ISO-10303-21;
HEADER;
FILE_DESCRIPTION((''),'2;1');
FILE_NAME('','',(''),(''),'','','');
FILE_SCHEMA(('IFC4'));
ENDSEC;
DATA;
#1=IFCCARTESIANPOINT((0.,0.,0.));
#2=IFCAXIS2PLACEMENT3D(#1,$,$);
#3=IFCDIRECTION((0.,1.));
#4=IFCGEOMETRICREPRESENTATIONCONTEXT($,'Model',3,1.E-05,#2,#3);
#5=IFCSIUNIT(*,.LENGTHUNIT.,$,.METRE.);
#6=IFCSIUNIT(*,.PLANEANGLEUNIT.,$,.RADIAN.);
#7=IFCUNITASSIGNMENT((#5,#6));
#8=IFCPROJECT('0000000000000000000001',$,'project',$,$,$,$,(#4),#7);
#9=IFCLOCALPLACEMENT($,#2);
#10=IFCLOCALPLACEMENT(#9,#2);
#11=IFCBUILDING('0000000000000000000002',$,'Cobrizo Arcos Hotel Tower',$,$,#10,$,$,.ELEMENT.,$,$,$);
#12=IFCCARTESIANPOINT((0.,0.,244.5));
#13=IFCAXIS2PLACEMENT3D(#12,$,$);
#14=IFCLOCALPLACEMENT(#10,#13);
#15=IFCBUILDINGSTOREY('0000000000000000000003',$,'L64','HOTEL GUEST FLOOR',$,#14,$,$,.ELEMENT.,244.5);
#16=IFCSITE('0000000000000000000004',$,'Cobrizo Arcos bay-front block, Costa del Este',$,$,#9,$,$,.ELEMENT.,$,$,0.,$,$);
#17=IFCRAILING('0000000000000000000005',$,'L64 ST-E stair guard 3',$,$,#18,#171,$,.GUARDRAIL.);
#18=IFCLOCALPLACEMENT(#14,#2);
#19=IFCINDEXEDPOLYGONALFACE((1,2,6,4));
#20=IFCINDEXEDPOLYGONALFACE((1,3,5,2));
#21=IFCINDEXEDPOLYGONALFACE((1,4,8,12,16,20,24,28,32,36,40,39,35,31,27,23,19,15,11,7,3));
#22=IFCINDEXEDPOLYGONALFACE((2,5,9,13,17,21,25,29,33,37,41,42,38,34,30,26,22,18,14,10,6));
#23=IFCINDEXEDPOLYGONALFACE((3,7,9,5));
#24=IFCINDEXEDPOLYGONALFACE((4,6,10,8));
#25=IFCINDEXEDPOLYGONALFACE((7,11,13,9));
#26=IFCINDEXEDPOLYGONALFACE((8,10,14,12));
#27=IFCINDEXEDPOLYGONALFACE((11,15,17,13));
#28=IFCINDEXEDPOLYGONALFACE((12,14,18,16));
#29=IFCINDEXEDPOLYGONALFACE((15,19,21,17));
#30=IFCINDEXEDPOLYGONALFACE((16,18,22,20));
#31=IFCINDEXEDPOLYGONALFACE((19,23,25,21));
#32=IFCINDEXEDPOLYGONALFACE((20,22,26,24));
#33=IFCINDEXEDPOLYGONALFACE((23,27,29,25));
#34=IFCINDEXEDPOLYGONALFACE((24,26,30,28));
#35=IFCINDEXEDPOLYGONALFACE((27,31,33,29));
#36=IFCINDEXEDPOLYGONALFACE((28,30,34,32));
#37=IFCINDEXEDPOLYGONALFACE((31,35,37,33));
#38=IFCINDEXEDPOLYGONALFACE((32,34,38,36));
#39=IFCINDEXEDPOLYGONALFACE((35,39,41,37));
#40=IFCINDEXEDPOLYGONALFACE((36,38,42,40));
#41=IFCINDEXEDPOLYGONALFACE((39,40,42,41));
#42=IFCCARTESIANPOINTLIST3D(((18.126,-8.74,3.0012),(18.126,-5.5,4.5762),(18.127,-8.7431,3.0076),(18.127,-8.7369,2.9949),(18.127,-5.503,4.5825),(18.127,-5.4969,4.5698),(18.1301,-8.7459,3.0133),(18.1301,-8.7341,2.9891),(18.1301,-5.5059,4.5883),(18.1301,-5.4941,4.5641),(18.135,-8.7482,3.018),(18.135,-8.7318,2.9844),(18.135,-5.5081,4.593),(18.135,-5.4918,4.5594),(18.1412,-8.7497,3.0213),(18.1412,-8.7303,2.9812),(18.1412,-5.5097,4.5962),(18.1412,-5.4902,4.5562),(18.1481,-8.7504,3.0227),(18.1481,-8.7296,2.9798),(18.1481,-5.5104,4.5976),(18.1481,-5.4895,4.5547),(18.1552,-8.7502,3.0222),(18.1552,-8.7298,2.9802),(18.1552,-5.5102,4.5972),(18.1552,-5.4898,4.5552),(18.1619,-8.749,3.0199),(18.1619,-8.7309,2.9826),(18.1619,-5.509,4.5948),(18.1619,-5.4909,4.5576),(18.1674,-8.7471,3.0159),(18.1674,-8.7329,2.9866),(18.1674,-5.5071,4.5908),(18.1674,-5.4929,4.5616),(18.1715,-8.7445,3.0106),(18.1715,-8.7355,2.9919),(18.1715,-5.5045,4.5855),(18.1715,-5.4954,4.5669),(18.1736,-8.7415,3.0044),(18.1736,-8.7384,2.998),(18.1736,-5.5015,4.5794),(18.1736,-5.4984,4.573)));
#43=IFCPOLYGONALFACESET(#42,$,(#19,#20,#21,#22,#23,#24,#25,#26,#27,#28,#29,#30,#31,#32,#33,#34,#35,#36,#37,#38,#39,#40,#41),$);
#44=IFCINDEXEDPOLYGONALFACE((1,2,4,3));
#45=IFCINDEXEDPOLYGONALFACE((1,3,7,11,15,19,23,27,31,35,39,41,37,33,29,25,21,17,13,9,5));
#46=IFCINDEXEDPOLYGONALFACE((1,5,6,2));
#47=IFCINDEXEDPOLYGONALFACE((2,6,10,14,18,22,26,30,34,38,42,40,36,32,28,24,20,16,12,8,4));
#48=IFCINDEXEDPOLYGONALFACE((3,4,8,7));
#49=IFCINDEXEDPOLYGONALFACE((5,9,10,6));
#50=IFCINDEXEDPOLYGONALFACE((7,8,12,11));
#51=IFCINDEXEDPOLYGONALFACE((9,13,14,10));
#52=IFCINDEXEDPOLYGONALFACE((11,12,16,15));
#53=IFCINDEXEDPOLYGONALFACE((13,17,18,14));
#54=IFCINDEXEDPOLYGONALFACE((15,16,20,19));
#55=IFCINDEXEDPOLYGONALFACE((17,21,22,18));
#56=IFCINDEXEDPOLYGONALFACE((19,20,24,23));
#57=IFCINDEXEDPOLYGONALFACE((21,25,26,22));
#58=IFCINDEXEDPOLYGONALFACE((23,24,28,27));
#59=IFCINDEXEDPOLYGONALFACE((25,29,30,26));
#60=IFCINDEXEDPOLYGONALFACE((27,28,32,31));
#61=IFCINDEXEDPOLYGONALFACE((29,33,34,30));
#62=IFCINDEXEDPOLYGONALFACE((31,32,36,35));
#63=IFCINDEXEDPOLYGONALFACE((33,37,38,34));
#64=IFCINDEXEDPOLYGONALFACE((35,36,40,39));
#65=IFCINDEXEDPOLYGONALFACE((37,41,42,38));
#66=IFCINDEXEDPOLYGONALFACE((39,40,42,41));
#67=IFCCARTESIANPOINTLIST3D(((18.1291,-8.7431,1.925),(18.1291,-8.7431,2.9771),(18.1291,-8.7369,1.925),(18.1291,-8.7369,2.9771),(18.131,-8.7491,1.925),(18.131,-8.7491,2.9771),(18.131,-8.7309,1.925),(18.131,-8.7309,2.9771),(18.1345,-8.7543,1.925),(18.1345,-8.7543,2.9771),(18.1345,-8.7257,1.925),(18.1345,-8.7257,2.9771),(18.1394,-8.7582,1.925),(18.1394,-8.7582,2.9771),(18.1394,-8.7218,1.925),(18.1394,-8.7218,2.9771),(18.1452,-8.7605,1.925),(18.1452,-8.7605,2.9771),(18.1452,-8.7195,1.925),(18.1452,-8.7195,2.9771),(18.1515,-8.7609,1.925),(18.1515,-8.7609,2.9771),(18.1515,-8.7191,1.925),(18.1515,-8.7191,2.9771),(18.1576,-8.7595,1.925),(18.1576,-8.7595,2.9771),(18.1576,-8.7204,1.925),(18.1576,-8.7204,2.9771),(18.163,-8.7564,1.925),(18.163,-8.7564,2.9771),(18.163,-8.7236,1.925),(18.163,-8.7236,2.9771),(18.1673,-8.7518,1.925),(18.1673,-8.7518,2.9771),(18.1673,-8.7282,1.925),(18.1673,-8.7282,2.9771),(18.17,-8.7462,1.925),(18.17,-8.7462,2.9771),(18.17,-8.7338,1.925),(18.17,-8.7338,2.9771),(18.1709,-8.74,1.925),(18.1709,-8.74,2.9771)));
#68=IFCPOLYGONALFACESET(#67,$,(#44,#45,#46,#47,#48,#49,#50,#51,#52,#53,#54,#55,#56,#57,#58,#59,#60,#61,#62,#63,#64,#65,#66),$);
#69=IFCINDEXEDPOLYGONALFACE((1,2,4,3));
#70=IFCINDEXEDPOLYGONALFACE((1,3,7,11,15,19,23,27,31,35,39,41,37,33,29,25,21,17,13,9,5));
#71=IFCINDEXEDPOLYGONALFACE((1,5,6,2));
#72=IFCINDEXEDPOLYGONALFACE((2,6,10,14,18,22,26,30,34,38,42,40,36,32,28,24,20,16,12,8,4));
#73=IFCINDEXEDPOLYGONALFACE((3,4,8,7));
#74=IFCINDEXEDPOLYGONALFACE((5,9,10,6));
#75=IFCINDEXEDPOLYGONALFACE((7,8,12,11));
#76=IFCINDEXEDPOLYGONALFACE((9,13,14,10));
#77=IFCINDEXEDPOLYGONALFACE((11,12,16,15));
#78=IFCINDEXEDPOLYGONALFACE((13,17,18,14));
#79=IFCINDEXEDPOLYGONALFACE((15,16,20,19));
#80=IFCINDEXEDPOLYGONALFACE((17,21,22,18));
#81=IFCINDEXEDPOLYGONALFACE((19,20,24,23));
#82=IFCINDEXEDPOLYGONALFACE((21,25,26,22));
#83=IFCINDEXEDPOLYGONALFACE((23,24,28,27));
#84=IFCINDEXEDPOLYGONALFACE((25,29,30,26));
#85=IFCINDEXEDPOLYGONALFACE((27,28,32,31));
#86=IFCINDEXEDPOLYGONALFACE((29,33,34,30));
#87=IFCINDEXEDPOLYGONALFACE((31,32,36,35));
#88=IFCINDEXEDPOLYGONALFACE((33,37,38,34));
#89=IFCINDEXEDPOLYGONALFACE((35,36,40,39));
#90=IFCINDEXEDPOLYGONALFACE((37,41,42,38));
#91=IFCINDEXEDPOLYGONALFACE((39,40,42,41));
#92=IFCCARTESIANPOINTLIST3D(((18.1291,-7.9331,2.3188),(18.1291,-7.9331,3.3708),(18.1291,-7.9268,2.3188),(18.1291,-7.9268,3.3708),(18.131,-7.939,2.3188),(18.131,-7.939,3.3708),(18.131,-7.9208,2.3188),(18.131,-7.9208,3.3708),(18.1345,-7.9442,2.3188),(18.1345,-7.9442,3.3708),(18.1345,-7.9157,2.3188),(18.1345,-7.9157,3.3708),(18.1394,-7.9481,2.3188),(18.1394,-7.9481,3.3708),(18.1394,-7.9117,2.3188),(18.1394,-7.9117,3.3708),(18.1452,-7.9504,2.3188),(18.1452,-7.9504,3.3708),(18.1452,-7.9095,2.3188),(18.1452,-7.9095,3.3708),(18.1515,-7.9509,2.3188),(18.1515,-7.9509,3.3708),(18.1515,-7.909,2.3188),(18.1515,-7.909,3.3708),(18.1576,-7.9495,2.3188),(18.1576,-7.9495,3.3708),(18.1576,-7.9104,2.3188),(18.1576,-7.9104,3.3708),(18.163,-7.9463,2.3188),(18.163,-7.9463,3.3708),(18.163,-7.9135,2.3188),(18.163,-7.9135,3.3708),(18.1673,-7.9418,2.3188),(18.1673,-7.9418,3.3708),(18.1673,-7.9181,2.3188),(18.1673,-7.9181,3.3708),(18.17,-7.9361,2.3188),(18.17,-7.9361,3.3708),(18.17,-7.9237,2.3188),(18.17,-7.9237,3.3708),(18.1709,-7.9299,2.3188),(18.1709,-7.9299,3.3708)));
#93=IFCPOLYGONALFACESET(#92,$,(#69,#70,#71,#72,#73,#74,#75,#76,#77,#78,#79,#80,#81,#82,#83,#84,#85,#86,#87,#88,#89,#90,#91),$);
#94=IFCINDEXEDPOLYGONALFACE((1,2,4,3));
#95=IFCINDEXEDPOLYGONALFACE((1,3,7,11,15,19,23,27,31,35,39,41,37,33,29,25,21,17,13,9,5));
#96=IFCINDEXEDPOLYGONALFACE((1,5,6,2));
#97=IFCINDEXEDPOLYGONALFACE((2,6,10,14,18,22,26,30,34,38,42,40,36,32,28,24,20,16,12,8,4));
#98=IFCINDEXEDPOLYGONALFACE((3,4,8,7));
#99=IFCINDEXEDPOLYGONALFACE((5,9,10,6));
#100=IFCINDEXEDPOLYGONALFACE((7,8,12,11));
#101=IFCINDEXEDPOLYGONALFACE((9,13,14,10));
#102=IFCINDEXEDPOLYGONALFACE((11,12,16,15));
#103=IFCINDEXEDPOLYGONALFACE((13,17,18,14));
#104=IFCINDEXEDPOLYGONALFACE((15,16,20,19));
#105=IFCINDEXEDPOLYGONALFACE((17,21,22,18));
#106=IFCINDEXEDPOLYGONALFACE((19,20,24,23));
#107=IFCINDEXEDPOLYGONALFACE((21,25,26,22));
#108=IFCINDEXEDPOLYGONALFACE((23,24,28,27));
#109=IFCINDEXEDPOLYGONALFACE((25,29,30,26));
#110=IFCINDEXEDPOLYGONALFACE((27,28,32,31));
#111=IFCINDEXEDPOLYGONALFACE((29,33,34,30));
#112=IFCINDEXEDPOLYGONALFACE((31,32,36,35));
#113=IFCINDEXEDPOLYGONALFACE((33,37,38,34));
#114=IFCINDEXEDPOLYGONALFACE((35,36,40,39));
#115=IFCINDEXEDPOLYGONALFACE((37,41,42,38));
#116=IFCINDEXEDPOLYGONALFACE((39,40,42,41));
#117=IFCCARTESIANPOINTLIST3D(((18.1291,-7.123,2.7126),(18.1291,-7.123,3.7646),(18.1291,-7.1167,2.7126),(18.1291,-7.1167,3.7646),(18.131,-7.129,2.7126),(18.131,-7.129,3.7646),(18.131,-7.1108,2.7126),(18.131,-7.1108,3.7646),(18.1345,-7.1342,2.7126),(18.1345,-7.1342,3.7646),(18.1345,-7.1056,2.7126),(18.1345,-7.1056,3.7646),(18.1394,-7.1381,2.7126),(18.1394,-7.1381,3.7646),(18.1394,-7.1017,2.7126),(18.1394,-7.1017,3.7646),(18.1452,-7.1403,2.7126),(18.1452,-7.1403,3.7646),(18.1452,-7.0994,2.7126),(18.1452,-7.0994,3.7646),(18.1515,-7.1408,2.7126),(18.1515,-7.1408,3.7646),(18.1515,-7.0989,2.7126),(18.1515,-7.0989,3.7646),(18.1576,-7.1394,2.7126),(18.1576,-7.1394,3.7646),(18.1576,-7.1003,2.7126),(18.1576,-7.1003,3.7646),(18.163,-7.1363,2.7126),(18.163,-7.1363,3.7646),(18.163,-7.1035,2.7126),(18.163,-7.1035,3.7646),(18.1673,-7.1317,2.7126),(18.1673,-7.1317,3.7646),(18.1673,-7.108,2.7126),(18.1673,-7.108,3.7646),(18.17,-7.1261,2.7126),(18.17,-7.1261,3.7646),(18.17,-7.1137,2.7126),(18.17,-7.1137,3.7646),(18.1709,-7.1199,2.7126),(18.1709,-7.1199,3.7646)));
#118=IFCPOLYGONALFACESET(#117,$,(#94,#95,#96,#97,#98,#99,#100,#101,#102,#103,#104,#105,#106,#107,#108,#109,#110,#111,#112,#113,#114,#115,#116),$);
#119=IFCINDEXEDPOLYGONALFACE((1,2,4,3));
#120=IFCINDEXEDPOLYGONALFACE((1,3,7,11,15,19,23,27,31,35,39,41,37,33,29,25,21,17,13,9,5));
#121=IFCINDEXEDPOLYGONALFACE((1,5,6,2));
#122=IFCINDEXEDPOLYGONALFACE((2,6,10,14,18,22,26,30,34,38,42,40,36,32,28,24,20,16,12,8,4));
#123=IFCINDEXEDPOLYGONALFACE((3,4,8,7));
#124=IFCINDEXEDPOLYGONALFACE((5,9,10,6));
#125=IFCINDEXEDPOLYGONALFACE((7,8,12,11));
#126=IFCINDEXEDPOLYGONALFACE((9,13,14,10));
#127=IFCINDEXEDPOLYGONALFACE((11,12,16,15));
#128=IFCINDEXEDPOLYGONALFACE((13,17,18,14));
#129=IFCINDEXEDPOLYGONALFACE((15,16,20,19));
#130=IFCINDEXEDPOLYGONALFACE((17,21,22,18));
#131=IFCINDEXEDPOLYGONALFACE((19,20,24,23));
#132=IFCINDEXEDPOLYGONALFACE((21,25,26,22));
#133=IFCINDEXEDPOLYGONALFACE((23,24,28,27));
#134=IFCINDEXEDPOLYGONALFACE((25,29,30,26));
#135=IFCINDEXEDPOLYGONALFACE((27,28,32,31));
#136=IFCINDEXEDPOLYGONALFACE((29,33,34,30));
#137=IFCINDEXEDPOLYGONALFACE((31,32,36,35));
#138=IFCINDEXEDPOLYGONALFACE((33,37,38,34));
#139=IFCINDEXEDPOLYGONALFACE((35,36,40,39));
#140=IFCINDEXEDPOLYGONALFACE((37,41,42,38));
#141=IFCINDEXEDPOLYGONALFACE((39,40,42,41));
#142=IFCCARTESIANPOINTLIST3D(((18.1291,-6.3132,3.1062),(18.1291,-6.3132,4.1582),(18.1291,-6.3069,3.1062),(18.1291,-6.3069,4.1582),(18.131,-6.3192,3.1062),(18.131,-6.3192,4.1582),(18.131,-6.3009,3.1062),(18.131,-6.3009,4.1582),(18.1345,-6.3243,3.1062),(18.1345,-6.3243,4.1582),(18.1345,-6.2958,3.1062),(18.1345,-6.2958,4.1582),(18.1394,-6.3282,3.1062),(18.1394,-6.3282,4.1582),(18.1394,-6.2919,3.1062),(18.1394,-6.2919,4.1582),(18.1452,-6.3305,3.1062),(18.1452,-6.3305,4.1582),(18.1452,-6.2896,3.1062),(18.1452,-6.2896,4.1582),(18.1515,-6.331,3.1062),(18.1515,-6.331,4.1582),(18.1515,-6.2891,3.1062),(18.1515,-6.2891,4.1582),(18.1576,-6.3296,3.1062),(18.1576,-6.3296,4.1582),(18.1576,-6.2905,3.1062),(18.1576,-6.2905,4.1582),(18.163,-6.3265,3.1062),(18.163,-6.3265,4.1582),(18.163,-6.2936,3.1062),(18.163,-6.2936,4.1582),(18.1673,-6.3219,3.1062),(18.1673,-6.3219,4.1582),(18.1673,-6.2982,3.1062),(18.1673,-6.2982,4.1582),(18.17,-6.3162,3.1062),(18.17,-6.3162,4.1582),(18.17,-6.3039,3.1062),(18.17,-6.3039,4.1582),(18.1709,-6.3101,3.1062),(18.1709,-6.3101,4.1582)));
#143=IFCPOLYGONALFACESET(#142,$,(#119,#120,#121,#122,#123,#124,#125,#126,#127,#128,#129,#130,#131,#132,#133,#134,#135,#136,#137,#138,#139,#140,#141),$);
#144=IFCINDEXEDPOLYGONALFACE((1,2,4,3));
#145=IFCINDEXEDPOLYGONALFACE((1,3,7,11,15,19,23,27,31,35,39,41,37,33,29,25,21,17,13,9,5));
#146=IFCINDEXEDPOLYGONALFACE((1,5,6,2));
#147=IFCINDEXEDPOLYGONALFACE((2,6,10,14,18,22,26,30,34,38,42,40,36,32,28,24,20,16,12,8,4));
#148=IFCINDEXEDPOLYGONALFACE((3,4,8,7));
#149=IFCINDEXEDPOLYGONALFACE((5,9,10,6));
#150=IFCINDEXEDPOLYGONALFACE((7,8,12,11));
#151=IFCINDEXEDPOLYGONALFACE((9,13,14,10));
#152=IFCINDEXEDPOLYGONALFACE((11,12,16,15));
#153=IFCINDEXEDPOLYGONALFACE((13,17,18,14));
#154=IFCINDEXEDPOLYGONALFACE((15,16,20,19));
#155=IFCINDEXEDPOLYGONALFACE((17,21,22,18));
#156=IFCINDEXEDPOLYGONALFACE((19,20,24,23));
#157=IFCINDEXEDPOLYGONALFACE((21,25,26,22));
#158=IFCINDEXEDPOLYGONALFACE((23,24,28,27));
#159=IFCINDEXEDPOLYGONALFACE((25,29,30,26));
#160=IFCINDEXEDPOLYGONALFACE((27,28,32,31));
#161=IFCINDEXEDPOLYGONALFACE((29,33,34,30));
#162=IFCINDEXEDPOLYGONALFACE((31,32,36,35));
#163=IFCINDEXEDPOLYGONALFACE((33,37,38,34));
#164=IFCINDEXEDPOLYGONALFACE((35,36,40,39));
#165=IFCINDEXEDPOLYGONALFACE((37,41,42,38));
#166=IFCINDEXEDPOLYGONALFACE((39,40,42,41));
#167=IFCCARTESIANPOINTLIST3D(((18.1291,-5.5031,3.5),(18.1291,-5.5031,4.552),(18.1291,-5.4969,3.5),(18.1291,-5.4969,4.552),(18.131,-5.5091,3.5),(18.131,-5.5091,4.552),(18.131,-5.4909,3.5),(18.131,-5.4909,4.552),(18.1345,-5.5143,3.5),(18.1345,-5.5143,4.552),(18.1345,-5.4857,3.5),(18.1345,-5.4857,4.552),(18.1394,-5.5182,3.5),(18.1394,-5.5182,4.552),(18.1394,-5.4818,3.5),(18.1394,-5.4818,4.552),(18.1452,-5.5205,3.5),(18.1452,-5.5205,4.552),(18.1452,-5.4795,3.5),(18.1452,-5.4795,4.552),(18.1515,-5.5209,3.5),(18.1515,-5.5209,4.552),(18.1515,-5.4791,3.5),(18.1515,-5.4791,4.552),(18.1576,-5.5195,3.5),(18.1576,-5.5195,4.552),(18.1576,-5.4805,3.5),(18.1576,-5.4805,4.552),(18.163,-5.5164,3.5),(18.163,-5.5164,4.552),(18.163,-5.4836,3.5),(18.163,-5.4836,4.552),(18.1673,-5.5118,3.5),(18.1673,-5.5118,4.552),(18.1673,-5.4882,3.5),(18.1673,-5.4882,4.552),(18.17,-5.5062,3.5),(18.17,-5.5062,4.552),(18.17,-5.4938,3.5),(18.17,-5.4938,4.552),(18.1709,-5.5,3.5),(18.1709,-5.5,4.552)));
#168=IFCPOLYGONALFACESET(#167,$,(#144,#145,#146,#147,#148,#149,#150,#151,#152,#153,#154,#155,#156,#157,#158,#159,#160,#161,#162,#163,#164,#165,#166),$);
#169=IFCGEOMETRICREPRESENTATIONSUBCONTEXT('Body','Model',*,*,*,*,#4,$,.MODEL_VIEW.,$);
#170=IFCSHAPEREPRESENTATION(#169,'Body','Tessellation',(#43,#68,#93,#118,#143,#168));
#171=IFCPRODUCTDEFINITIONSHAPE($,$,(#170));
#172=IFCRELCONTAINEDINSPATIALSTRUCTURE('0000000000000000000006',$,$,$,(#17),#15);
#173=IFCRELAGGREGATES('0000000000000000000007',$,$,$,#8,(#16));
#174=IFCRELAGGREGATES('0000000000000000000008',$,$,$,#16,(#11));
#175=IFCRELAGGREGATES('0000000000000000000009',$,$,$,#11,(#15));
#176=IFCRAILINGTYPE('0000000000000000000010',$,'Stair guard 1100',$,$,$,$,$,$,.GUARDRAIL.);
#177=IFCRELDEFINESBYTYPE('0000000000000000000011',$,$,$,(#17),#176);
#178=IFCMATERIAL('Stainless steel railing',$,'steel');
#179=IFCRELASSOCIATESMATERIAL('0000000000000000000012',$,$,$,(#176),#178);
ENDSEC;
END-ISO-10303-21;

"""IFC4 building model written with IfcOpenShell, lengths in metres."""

from ifc_helpers import new_model, si_unit, direction, frame, origin, origin_2d, place, context, subcontext, project, spatial, circle, extrude, material, type_object, element, save


model = new_model("IFC4")

# Units and contexts
model_context = context("Model", 3, precision=1e-05, world=origin(), true_north=direction((0.0, 1.0)))
body_context = subcontext(model_context, "Body", "Model", "MODEL_VIEW")
ifc_project = project(units=[si_unit("LENGTHUNIT", "METRE"), si_unit("PLANEANGLEUNIT", "RADIAN")], contexts=[model_context])

# Site, building, storey
site_placement = place(None, origin())
site = spatial("IfcSite", under=ifc_project, at=site_placement, Name="Cobrizo Arcos bay-front block, Costa del Este", CompositionType="ELEMENT", RefElevation=0.0)
building_placement = place(site_placement, origin())
building = spatial("IfcBuilding", under=site, at=building_placement, Name="Cobrizo Arcos Hotel Tower", CompositionType="ELEMENT")
storey_placement = place(building_placement, frame((0.0, 0.0, 244.5)))
storey = spatial("IfcBuildingStorey", under=building, at=storey_placement, Name="L64", Description="HOTEL GUEST FLOOR", CompositionType="ELEMENT", Elevation=244.5)

# Railing
ifc_material_1 = material(Name="Stainless steel railing", Category="steel")
railing_type = type_object("IfcRailingType", Name="Stair guard 1100", PredefinedType="GUARDRAIL", material=ifc_material_1)
railing_1_placement = place(storey_placement, frame((18.1499, -8.74, 1.925)))
element("IfcRailing", 1, at=railing_1_placement, inside=storey, type_object=railing_type, Name="L64 ST-E stair guard 3", PredefinedType="GUARDRAIL", context=body_context, shape_type="SweptSolid", body=[
    extrude(circle(Radius=0.0239, at=origin_2d()), frame((0.0, 0.0, 1.0762), z_axis=(0.0, 0.899373, 0.437183), x_axis=(-1.0, 0.0, 0.0)), (0.0, 0.0, 1.0), 3.6025),
    extrude(circle(Radius=0.021, at=origin_2d()), origin(), (0.0, 0.0, 1.0), 1.052),
    extrude(circle(Radius=0.021, at=origin_2d()), frame((0.0, 0.8101, 0.3938)), (0.0, 0.0, 1.0), 1.052),
    extrude(circle(Radius=0.021, at=origin_2d()), frame((0.0, 1.6201, 0.7876)), (0.0, 0.0, 1.0), 1.052),
    extrude(circle(Radius=0.021, at=origin_2d()), frame((0.0, 2.4299, 1.1812)), (0.0, 0.0, 1.0), 1.052),
    extrude(circle(Radius=0.021, at=origin_2d()), frame((0.0, 3.24, 1.575)), (0.0, 0.0, 1.0), 1.052),
])

save(model, "model.ifc")
